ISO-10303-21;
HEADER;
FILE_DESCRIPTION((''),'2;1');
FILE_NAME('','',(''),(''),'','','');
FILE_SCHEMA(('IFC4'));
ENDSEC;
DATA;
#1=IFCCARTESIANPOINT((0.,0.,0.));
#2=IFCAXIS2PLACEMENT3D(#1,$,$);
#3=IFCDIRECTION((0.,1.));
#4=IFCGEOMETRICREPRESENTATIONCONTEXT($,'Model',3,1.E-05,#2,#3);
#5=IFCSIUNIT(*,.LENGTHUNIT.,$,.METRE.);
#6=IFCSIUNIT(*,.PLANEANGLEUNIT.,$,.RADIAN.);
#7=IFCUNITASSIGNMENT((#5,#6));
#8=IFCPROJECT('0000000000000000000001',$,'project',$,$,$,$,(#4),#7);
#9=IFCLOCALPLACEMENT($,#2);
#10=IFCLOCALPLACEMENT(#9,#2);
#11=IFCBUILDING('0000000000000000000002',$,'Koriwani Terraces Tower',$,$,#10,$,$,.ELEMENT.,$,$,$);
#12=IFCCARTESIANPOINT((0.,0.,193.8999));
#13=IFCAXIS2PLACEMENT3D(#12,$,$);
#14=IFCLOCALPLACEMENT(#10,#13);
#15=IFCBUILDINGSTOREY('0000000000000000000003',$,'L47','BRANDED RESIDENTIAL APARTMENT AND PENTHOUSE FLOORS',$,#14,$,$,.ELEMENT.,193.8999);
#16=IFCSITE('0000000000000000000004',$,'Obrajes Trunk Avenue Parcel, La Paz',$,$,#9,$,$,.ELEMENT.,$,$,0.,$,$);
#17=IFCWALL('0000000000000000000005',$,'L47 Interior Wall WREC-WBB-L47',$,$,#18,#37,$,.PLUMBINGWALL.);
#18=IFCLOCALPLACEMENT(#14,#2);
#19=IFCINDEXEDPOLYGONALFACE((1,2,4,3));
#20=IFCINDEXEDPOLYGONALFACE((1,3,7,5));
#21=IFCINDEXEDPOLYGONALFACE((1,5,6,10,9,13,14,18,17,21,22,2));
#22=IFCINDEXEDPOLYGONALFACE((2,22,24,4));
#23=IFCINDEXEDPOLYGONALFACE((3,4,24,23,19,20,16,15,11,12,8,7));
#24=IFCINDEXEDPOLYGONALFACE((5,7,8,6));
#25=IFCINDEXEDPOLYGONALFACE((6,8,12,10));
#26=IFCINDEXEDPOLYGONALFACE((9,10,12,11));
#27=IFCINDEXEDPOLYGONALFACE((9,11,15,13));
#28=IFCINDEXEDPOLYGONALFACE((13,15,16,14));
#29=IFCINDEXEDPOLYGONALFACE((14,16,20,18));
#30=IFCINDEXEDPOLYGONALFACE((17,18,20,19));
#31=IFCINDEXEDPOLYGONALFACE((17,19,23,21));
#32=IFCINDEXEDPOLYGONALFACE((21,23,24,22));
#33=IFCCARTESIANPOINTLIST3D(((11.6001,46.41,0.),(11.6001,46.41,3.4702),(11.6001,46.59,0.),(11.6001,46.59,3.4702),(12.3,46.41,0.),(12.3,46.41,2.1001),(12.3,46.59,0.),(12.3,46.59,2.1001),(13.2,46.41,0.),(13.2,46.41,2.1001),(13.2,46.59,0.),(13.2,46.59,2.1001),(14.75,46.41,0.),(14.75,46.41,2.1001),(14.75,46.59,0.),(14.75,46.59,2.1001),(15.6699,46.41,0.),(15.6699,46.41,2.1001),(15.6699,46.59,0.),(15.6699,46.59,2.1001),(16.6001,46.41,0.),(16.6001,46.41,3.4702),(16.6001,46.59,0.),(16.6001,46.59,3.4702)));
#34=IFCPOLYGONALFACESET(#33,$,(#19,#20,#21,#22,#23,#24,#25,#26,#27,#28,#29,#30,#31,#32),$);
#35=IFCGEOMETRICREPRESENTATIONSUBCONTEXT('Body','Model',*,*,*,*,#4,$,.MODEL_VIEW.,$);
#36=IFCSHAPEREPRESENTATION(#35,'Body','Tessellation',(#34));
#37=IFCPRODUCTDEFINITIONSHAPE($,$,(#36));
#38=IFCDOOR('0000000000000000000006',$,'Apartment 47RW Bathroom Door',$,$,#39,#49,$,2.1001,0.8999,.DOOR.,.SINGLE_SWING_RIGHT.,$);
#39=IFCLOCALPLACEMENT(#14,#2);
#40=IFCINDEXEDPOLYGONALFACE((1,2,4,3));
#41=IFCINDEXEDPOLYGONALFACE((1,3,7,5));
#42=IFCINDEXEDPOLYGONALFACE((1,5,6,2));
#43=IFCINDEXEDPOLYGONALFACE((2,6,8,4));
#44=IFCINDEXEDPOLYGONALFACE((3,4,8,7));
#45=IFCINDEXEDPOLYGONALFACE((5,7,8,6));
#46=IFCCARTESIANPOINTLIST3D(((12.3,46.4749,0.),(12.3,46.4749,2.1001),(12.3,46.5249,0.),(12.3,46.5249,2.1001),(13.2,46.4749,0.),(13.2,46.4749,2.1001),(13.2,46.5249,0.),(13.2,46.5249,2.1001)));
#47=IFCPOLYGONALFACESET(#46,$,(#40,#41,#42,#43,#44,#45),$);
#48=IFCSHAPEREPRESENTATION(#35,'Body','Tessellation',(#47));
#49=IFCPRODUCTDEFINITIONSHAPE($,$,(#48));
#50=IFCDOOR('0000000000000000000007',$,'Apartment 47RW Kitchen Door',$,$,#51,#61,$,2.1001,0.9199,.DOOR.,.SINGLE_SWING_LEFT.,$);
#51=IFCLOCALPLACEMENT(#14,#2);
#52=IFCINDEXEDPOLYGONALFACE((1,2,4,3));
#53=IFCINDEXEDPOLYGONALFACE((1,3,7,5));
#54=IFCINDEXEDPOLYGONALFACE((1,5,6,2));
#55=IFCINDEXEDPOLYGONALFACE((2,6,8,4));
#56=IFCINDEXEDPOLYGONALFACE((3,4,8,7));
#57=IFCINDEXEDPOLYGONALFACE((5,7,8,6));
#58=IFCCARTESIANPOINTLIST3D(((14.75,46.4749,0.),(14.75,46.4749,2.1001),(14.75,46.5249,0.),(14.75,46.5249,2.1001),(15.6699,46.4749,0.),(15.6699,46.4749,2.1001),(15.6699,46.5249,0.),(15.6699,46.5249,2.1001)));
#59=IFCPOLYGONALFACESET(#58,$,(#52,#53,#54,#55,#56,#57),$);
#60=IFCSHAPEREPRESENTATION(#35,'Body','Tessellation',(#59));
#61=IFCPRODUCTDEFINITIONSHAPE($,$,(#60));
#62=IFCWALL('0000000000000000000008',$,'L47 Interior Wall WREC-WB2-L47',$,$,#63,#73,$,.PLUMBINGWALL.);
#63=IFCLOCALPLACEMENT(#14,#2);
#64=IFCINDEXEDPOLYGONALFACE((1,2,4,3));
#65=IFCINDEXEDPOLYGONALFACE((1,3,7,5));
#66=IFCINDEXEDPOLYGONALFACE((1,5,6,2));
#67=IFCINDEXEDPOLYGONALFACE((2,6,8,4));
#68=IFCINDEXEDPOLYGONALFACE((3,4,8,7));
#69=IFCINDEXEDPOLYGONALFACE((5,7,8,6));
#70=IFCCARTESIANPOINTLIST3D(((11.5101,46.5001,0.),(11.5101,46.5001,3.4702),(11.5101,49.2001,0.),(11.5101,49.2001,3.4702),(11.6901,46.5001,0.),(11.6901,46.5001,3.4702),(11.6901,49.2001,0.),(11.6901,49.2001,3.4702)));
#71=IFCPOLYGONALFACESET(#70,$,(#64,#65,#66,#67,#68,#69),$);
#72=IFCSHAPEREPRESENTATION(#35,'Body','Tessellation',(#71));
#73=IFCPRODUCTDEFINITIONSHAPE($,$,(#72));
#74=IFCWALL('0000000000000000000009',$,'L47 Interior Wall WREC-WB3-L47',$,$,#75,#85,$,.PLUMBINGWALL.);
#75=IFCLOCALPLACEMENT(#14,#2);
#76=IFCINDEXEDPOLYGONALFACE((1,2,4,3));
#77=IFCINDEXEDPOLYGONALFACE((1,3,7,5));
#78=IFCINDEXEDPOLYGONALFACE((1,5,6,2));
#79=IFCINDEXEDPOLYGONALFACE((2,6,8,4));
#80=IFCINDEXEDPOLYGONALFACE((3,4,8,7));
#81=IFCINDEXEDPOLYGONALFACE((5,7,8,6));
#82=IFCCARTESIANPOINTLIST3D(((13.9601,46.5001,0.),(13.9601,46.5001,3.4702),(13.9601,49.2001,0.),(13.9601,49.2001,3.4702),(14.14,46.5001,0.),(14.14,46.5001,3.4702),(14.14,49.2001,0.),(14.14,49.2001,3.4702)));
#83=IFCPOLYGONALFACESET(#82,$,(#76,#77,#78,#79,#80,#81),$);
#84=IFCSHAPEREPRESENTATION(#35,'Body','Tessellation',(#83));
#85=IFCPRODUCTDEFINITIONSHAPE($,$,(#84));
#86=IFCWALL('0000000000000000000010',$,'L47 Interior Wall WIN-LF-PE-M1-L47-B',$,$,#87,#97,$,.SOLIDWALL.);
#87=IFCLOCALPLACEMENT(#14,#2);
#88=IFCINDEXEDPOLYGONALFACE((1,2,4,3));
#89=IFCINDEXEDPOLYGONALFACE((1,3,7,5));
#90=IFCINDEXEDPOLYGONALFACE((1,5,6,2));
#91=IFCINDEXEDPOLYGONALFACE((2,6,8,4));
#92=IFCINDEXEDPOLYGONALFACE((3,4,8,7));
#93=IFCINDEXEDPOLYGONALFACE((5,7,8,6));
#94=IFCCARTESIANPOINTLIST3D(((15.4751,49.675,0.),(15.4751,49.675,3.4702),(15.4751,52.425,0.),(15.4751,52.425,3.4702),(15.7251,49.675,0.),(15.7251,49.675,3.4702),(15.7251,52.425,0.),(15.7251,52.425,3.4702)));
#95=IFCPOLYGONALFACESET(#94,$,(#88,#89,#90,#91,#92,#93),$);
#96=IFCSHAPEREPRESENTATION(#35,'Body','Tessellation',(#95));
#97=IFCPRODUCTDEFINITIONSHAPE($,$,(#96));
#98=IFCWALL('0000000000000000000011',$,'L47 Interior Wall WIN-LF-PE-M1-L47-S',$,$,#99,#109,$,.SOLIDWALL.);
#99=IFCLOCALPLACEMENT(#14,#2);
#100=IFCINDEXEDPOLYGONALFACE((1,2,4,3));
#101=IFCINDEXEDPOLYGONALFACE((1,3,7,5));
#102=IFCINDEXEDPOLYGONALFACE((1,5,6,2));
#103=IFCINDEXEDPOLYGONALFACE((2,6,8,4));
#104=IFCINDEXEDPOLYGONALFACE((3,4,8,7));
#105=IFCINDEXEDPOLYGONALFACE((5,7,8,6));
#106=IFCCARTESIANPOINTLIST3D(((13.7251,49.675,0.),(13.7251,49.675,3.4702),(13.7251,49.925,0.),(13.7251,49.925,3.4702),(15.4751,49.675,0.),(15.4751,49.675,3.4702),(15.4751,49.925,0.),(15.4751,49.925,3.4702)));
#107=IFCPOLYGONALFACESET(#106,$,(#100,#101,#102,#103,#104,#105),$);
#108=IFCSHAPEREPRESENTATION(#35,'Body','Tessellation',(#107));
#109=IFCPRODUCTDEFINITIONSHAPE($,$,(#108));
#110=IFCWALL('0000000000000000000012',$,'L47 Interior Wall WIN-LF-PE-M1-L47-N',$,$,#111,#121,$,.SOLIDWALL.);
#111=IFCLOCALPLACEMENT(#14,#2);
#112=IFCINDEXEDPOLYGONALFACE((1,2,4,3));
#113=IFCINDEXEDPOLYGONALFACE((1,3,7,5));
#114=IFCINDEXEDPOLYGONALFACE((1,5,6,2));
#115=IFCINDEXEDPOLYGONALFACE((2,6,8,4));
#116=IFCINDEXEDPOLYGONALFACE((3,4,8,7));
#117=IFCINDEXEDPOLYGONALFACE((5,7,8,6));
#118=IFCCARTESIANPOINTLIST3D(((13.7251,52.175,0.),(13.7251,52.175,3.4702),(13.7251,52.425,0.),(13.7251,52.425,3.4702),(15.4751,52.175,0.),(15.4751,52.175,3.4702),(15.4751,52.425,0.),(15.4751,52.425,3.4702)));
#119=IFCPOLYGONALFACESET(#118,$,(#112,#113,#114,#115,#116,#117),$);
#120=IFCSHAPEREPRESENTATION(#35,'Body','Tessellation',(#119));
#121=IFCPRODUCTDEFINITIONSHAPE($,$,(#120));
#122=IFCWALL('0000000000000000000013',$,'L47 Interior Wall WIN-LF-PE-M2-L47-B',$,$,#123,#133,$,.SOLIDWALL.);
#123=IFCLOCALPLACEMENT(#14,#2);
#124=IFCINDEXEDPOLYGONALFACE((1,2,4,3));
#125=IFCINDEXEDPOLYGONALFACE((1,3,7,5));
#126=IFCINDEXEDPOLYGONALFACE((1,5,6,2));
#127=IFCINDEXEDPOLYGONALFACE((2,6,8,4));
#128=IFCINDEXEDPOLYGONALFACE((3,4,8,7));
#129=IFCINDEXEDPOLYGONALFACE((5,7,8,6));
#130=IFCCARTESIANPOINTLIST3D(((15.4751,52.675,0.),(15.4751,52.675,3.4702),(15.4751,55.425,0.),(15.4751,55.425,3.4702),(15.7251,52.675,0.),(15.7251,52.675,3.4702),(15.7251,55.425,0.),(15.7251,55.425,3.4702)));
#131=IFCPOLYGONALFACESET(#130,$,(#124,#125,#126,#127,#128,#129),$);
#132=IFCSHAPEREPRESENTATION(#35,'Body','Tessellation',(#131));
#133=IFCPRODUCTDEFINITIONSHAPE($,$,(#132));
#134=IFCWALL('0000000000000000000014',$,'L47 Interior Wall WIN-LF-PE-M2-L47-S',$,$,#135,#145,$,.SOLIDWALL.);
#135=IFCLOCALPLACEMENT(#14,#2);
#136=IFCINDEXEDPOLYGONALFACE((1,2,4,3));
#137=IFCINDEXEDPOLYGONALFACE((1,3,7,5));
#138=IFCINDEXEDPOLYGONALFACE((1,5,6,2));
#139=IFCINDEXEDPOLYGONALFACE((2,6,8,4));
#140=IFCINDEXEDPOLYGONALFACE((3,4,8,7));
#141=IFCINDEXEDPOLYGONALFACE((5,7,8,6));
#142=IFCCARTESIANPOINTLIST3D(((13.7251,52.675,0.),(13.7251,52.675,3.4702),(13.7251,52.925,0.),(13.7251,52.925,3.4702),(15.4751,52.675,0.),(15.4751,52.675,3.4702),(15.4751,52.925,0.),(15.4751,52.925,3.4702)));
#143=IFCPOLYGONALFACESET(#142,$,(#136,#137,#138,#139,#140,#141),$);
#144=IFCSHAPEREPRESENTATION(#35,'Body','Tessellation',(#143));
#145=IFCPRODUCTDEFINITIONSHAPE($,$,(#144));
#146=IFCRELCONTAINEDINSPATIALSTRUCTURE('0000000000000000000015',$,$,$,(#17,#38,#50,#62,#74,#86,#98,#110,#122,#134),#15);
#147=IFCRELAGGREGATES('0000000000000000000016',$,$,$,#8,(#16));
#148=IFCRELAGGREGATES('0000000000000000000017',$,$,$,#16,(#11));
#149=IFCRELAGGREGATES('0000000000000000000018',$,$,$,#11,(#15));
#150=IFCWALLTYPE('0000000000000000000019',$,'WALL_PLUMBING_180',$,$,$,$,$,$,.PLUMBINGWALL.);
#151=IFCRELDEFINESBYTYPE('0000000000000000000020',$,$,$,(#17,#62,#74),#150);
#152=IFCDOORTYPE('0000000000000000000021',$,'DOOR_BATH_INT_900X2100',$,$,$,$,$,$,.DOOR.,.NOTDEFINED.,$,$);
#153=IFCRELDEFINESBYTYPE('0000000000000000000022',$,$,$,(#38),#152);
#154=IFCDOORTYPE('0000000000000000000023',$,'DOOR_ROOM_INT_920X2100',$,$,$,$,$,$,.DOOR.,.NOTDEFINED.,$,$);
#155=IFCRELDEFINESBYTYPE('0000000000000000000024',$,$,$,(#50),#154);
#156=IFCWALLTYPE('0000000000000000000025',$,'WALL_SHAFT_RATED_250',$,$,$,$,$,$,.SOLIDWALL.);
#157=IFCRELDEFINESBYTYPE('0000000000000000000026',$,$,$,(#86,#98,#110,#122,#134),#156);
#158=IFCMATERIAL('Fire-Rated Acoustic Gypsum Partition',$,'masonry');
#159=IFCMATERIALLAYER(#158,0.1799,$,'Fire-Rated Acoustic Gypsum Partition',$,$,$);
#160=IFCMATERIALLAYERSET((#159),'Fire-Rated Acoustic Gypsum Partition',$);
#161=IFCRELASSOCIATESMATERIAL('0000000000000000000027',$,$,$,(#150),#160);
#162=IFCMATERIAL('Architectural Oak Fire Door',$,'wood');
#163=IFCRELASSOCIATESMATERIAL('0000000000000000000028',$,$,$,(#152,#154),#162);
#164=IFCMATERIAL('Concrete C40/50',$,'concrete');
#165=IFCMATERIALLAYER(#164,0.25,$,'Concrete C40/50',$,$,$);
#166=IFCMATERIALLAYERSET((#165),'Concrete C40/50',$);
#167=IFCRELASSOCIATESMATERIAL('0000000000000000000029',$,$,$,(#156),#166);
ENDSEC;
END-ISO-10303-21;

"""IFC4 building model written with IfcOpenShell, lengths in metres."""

from ifc_helpers import new_model, si_unit, direction, frame, frame_2d, origin, place, context, subcontext, project, spatial, rectangle, extrude, material, layer, layer_set, type_object, element, fill, save


model = new_model("IFC4")

# Units and contexts
model_context = context("Model", 3, precision=1e-05, world=origin(), true_north=direction((0.0, 1.0)))
body_context = subcontext(model_context, "Body", "Model", "MODEL_VIEW")
ifc_project = project(units=[si_unit("LENGTHUNIT", "METRE"), si_unit("PLANEANGLEUNIT", "RADIAN")], contexts=[model_context])

# Site, building, storey
site_placement = place(None, origin())
site = spatial("IfcSite", under=ifc_project, at=site_placement, Name="Obrajes Trunk Avenue Parcel, La Paz", CompositionType="ELEMENT", RefElevation=0.0)
building_placement = place(site_placement, origin())
building = spatial("IfcBuilding", under=site, at=building_placement, Name="Koriwani Terraces Tower", CompositionType="ELEMENT")
storey_placement = place(building_placement, frame((0.0, 0.0, 193.8999)))
storey = spatial("IfcBuildingStorey", under=building, at=storey_placement, Name="L47", Description="BRANDED RESIDENTIAL APARTMENT AND PENTHOUSE FLOORS", CompositionType="ELEMENT", Elevation=193.8999)

# Shared definitions
ifc_material_1 = material(Name="Concrete C40/50", Category="concrete")

# Wall, openings, doors
ifc_material_2 = material(Name="Fire-Rated Acoustic Gypsum Partition", Category="masonry")
ifc_layer_1 = layer(ifc_material_2, 0.1799, Name="Fire-Rated Acoustic Gypsum Partition")
ifc_layer_set_1 = layer_set([ifc_layer_1], Name="Fire-Rated Acoustic Gypsum Partition")
wall_type_1 = type_object("IfcWallType", Name="WALL_PLUMBING_180", PredefinedType="PLUMBINGWALL", material=ifc_layer_set_1)
wall_1_placement = place(storey_placement, frame((11.6001, 46.5, 0.0), z_axis=(0.0, 0.0, 1.0), x_axis=(1.0, 0.0, 0.0)))
wall_1 = element("IfcWall", 1, at=wall_1_placement, inside=storey, type_object=wall_type_1, Name="L47 Interior Wall WREC-WBB-L47", PredefinedType="PLUMBINGWALL", context=body_context, shape_type="SweptSolid", body=[
    extrude(rectangle(XDim=5.0, YDim=0.1799, at=frame_2d((2.5, 0.0))), origin(), (0.0, 0.0, 1.0), 3.4702),
])
opening_1_placement = place(wall_1_placement, frame((0.7, 0.0, 0.0)))
opening_1 = element("IfcOpeningElement", 2, at=opening_1_placement, cuts=wall_1, PredefinedType="OPENING", context=body_context, shape_type="SweptSolid", body=[
    extrude(rectangle(XDim=0.8999, YDim=2.1001, at=frame_2d((0.45, 1.05))), frame((0.0, 0.1001, 0.0), z_axis=(0.0, -1.0, 0.0), x_axis=(1.0, 0.0, 0.0)), (0.0, 0.0, 1.0), 0.2),
])
opening_2_placement = place(wall_1_placement, frame((3.1499, 0.0, 0.0)))
opening_2 = element("IfcOpeningElement", 3, at=opening_2_placement, cuts=wall_1, PredefinedType="OPENING", context=body_context, shape_type="SweptSolid", body=[
    extrude(rectangle(XDim=0.9199, YDim=2.1001, at=frame_2d((0.46, 1.05))), frame((0.0, 0.1001, 0.0), z_axis=(0.0, -1.0, 0.0), x_axis=(1.0, 0.0, 0.0)), (0.0, 0.0, 1.0), 0.2),
])
ifc_material_3 = material(Name="Architectural Oak Fire Door", Category="wood")
door_type_1 = type_object("IfcDoorType", Name="DOOR_BATH_INT_900X2100", OperationType="NOTDEFINED", PredefinedType="DOOR", material=ifc_material_3)
door_1_placement = place(opening_1_placement, origin())
door_1 = element("IfcDoor", 4, at=door_1_placement, inside=storey, type_object=door_type_1, Name="Apartment 47RW Bathroom Door", OperationType="SINGLE_SWING_RIGHT", OverallHeight=2.1001, OverallWidth=0.8999, PredefinedType="DOOR", context=body_context, shape_type="SweptSolid", body=[
    extrude(rectangle(XDim=0.8999, YDim=2.1001, at=frame_2d((0.45, 1.05))), frame((0.0, 0.0249, 0.0), z_axis=(0.0, -1.0, 0.0), x_axis=(1.0, 0.0, 0.0)), (0.0, 0.0, 1.0), 0.05),
])
fill(opening_1, door_1)
door_type_2 = type_object("IfcDoorType", Name="DOOR_ROOM_INT_920X2100", OperationType="NOTDEFINED", PredefinedType="DOOR", material=ifc_material_3)
door_2_placement = place(opening_2_placement, origin())
door_2 = element("IfcDoor", 5, at=door_2_placement, inside=storey, type_object=door_type_2, Name="Apartment 47RW Kitchen Door", OperationType="SINGLE_SWING_LEFT", OverallHeight=2.1001, OverallWidth=0.9199, PredefinedType="DOOR", context=body_context, shape_type="SweptSolid", body=[
    extrude(rectangle(XDim=0.9199, YDim=2.1001, at=frame_2d((0.46, 1.05))), frame((0.0, 0.0249, 0.0), z_axis=(0.0, -1.0, 0.0), x_axis=(1.0, 0.0, 0.0)), (0.0, 0.0, 1.0), 0.05),
])
fill(opening_2, door_2)

# Walls
for number, where, z_axis, x_axis, name in (
    (6, (11.6001, 46.5, 0.0), (0.0, 0.0, 1.0), (0.0, 1.0, 0.0), "L47 Interior Wall WREC-WB2-L47"),
    (7, (14.05, 46.5, 0.0), (0.0, 0.0, 1.0), (0.0, 1.0, 0.0), "L47 Interior Wall WREC-WB3-L47"),
):
    element("IfcWall", number, at=place(storey_placement, frame(where, z_axis=z_axis, x_axis=x_axis)), inside=storey, type_object=wall_type_1, Name=name, PredefinedType="PLUMBINGWALL", context=body_context, shape_type="SweptSolid", body=[
        extrude(rectangle(XDim=2.7, YDim=0.1799, at=frame_2d((1.3501, 0.0))), origin(), (0.0, 0.0, 1.0), 3.4702),
    ])

# Shared definitions
ifc_layer_2 = layer(ifc_material_1, 0.25, Name="Concrete C40/50")
ifc_layer_set_2 = layer_set([ifc_layer_2], Name="Concrete C40/50")
wall_type_2 = type_object("IfcWallType", Name="WALL_SHAFT_RATED_250", PredefinedType="SOLIDWALL", material=ifc_layer_set_2)

# Walls
wall_2_placement = place(storey_placement, frame((15.6001, 49.675, 0.0), z_axis=(0.0, 0.0, 1.0), x_axis=(0.0, 1.0, 0.0)))
element("IfcWall", 8, at=wall_2_placement, inside=storey, type_object=wall_type_2, Name="L47 Interior Wall WIN-LF-PE-M1-L47-B", PredefinedType="SOLIDWALL", context=body_context, shape_type="SweptSolid", body=[
    extrude(rectangle(XDim=2.75, YDim=0.25, at=frame_2d((1.375, 0.0))), origin(), (0.0, 0.0, 1.0), 3.4702),
])
for number, where, z_axis, x_axis, name in (
    (9, (13.7251, 49.8, 0.0), (0.0, 0.0, 1.0), (1.0, 0.0, 0.0), "L47 Interior Wall WIN-LF-PE-M1-L47-S"),
    (10, (13.7251, 52.3, 0.0), (0.0, 0.0, 1.0), (1.0, 0.0, 0.0), "L47 Interior Wall WIN-LF-PE-M1-L47-N"),
):
    element("IfcWall", number, at=place(storey_placement, frame(where, z_axis=z_axis, x_axis=x_axis)), inside=storey, type_object=wall_type_2, Name=name, PredefinedType="SOLIDWALL", context=body_context, shape_type="SweptSolid", body=[
        extrude(rectangle(XDim=1.75, YDim=0.25, at=frame_2d((0.875, 0.0))), origin(), (0.0, 0.0, 1.0), 3.4702),
    ])

# Walls
wall_3_placement = place(storey_placement, frame((15.6001, 52.675, 0.0), z_axis=(0.0, 0.0, 1.0), x_axis=(0.0, 1.0, 0.0)))
element("IfcWall", 11, at=wall_3_placement, inside=storey, type_object=wall_type_2, Name="L47 Interior Wall WIN-LF-PE-M2-L47-B", PredefinedType="SOLIDWALL", context=body_context, shape_type="SweptSolid", body=[
    extrude(rectangle(XDim=2.75, YDim=0.25, at=frame_2d((1.375, 0.0))), origin(), (0.0, 0.0, 1.0), 3.4702),
])
wall_4_placement = place(storey_placement, frame((13.7251, 52.8, 0.0), z_axis=(0.0, 0.0, 1.0), x_axis=(1.0, 0.0, 0.0)))
element("IfcWall", 12, at=wall_4_placement, inside=storey, type_object=wall_type_2, Name="L47 Interior Wall WIN-LF-PE-M2-L47-S", PredefinedType="SOLIDWALL", context=body_context, shape_type="SweptSolid", body=[
    extrude(rectangle(XDim=1.75, YDim=0.25, at=frame_2d((0.875, 0.0))), origin(), (0.0, 0.0, 1.0), 3.4702),
])

save(model, "model.ifc")
